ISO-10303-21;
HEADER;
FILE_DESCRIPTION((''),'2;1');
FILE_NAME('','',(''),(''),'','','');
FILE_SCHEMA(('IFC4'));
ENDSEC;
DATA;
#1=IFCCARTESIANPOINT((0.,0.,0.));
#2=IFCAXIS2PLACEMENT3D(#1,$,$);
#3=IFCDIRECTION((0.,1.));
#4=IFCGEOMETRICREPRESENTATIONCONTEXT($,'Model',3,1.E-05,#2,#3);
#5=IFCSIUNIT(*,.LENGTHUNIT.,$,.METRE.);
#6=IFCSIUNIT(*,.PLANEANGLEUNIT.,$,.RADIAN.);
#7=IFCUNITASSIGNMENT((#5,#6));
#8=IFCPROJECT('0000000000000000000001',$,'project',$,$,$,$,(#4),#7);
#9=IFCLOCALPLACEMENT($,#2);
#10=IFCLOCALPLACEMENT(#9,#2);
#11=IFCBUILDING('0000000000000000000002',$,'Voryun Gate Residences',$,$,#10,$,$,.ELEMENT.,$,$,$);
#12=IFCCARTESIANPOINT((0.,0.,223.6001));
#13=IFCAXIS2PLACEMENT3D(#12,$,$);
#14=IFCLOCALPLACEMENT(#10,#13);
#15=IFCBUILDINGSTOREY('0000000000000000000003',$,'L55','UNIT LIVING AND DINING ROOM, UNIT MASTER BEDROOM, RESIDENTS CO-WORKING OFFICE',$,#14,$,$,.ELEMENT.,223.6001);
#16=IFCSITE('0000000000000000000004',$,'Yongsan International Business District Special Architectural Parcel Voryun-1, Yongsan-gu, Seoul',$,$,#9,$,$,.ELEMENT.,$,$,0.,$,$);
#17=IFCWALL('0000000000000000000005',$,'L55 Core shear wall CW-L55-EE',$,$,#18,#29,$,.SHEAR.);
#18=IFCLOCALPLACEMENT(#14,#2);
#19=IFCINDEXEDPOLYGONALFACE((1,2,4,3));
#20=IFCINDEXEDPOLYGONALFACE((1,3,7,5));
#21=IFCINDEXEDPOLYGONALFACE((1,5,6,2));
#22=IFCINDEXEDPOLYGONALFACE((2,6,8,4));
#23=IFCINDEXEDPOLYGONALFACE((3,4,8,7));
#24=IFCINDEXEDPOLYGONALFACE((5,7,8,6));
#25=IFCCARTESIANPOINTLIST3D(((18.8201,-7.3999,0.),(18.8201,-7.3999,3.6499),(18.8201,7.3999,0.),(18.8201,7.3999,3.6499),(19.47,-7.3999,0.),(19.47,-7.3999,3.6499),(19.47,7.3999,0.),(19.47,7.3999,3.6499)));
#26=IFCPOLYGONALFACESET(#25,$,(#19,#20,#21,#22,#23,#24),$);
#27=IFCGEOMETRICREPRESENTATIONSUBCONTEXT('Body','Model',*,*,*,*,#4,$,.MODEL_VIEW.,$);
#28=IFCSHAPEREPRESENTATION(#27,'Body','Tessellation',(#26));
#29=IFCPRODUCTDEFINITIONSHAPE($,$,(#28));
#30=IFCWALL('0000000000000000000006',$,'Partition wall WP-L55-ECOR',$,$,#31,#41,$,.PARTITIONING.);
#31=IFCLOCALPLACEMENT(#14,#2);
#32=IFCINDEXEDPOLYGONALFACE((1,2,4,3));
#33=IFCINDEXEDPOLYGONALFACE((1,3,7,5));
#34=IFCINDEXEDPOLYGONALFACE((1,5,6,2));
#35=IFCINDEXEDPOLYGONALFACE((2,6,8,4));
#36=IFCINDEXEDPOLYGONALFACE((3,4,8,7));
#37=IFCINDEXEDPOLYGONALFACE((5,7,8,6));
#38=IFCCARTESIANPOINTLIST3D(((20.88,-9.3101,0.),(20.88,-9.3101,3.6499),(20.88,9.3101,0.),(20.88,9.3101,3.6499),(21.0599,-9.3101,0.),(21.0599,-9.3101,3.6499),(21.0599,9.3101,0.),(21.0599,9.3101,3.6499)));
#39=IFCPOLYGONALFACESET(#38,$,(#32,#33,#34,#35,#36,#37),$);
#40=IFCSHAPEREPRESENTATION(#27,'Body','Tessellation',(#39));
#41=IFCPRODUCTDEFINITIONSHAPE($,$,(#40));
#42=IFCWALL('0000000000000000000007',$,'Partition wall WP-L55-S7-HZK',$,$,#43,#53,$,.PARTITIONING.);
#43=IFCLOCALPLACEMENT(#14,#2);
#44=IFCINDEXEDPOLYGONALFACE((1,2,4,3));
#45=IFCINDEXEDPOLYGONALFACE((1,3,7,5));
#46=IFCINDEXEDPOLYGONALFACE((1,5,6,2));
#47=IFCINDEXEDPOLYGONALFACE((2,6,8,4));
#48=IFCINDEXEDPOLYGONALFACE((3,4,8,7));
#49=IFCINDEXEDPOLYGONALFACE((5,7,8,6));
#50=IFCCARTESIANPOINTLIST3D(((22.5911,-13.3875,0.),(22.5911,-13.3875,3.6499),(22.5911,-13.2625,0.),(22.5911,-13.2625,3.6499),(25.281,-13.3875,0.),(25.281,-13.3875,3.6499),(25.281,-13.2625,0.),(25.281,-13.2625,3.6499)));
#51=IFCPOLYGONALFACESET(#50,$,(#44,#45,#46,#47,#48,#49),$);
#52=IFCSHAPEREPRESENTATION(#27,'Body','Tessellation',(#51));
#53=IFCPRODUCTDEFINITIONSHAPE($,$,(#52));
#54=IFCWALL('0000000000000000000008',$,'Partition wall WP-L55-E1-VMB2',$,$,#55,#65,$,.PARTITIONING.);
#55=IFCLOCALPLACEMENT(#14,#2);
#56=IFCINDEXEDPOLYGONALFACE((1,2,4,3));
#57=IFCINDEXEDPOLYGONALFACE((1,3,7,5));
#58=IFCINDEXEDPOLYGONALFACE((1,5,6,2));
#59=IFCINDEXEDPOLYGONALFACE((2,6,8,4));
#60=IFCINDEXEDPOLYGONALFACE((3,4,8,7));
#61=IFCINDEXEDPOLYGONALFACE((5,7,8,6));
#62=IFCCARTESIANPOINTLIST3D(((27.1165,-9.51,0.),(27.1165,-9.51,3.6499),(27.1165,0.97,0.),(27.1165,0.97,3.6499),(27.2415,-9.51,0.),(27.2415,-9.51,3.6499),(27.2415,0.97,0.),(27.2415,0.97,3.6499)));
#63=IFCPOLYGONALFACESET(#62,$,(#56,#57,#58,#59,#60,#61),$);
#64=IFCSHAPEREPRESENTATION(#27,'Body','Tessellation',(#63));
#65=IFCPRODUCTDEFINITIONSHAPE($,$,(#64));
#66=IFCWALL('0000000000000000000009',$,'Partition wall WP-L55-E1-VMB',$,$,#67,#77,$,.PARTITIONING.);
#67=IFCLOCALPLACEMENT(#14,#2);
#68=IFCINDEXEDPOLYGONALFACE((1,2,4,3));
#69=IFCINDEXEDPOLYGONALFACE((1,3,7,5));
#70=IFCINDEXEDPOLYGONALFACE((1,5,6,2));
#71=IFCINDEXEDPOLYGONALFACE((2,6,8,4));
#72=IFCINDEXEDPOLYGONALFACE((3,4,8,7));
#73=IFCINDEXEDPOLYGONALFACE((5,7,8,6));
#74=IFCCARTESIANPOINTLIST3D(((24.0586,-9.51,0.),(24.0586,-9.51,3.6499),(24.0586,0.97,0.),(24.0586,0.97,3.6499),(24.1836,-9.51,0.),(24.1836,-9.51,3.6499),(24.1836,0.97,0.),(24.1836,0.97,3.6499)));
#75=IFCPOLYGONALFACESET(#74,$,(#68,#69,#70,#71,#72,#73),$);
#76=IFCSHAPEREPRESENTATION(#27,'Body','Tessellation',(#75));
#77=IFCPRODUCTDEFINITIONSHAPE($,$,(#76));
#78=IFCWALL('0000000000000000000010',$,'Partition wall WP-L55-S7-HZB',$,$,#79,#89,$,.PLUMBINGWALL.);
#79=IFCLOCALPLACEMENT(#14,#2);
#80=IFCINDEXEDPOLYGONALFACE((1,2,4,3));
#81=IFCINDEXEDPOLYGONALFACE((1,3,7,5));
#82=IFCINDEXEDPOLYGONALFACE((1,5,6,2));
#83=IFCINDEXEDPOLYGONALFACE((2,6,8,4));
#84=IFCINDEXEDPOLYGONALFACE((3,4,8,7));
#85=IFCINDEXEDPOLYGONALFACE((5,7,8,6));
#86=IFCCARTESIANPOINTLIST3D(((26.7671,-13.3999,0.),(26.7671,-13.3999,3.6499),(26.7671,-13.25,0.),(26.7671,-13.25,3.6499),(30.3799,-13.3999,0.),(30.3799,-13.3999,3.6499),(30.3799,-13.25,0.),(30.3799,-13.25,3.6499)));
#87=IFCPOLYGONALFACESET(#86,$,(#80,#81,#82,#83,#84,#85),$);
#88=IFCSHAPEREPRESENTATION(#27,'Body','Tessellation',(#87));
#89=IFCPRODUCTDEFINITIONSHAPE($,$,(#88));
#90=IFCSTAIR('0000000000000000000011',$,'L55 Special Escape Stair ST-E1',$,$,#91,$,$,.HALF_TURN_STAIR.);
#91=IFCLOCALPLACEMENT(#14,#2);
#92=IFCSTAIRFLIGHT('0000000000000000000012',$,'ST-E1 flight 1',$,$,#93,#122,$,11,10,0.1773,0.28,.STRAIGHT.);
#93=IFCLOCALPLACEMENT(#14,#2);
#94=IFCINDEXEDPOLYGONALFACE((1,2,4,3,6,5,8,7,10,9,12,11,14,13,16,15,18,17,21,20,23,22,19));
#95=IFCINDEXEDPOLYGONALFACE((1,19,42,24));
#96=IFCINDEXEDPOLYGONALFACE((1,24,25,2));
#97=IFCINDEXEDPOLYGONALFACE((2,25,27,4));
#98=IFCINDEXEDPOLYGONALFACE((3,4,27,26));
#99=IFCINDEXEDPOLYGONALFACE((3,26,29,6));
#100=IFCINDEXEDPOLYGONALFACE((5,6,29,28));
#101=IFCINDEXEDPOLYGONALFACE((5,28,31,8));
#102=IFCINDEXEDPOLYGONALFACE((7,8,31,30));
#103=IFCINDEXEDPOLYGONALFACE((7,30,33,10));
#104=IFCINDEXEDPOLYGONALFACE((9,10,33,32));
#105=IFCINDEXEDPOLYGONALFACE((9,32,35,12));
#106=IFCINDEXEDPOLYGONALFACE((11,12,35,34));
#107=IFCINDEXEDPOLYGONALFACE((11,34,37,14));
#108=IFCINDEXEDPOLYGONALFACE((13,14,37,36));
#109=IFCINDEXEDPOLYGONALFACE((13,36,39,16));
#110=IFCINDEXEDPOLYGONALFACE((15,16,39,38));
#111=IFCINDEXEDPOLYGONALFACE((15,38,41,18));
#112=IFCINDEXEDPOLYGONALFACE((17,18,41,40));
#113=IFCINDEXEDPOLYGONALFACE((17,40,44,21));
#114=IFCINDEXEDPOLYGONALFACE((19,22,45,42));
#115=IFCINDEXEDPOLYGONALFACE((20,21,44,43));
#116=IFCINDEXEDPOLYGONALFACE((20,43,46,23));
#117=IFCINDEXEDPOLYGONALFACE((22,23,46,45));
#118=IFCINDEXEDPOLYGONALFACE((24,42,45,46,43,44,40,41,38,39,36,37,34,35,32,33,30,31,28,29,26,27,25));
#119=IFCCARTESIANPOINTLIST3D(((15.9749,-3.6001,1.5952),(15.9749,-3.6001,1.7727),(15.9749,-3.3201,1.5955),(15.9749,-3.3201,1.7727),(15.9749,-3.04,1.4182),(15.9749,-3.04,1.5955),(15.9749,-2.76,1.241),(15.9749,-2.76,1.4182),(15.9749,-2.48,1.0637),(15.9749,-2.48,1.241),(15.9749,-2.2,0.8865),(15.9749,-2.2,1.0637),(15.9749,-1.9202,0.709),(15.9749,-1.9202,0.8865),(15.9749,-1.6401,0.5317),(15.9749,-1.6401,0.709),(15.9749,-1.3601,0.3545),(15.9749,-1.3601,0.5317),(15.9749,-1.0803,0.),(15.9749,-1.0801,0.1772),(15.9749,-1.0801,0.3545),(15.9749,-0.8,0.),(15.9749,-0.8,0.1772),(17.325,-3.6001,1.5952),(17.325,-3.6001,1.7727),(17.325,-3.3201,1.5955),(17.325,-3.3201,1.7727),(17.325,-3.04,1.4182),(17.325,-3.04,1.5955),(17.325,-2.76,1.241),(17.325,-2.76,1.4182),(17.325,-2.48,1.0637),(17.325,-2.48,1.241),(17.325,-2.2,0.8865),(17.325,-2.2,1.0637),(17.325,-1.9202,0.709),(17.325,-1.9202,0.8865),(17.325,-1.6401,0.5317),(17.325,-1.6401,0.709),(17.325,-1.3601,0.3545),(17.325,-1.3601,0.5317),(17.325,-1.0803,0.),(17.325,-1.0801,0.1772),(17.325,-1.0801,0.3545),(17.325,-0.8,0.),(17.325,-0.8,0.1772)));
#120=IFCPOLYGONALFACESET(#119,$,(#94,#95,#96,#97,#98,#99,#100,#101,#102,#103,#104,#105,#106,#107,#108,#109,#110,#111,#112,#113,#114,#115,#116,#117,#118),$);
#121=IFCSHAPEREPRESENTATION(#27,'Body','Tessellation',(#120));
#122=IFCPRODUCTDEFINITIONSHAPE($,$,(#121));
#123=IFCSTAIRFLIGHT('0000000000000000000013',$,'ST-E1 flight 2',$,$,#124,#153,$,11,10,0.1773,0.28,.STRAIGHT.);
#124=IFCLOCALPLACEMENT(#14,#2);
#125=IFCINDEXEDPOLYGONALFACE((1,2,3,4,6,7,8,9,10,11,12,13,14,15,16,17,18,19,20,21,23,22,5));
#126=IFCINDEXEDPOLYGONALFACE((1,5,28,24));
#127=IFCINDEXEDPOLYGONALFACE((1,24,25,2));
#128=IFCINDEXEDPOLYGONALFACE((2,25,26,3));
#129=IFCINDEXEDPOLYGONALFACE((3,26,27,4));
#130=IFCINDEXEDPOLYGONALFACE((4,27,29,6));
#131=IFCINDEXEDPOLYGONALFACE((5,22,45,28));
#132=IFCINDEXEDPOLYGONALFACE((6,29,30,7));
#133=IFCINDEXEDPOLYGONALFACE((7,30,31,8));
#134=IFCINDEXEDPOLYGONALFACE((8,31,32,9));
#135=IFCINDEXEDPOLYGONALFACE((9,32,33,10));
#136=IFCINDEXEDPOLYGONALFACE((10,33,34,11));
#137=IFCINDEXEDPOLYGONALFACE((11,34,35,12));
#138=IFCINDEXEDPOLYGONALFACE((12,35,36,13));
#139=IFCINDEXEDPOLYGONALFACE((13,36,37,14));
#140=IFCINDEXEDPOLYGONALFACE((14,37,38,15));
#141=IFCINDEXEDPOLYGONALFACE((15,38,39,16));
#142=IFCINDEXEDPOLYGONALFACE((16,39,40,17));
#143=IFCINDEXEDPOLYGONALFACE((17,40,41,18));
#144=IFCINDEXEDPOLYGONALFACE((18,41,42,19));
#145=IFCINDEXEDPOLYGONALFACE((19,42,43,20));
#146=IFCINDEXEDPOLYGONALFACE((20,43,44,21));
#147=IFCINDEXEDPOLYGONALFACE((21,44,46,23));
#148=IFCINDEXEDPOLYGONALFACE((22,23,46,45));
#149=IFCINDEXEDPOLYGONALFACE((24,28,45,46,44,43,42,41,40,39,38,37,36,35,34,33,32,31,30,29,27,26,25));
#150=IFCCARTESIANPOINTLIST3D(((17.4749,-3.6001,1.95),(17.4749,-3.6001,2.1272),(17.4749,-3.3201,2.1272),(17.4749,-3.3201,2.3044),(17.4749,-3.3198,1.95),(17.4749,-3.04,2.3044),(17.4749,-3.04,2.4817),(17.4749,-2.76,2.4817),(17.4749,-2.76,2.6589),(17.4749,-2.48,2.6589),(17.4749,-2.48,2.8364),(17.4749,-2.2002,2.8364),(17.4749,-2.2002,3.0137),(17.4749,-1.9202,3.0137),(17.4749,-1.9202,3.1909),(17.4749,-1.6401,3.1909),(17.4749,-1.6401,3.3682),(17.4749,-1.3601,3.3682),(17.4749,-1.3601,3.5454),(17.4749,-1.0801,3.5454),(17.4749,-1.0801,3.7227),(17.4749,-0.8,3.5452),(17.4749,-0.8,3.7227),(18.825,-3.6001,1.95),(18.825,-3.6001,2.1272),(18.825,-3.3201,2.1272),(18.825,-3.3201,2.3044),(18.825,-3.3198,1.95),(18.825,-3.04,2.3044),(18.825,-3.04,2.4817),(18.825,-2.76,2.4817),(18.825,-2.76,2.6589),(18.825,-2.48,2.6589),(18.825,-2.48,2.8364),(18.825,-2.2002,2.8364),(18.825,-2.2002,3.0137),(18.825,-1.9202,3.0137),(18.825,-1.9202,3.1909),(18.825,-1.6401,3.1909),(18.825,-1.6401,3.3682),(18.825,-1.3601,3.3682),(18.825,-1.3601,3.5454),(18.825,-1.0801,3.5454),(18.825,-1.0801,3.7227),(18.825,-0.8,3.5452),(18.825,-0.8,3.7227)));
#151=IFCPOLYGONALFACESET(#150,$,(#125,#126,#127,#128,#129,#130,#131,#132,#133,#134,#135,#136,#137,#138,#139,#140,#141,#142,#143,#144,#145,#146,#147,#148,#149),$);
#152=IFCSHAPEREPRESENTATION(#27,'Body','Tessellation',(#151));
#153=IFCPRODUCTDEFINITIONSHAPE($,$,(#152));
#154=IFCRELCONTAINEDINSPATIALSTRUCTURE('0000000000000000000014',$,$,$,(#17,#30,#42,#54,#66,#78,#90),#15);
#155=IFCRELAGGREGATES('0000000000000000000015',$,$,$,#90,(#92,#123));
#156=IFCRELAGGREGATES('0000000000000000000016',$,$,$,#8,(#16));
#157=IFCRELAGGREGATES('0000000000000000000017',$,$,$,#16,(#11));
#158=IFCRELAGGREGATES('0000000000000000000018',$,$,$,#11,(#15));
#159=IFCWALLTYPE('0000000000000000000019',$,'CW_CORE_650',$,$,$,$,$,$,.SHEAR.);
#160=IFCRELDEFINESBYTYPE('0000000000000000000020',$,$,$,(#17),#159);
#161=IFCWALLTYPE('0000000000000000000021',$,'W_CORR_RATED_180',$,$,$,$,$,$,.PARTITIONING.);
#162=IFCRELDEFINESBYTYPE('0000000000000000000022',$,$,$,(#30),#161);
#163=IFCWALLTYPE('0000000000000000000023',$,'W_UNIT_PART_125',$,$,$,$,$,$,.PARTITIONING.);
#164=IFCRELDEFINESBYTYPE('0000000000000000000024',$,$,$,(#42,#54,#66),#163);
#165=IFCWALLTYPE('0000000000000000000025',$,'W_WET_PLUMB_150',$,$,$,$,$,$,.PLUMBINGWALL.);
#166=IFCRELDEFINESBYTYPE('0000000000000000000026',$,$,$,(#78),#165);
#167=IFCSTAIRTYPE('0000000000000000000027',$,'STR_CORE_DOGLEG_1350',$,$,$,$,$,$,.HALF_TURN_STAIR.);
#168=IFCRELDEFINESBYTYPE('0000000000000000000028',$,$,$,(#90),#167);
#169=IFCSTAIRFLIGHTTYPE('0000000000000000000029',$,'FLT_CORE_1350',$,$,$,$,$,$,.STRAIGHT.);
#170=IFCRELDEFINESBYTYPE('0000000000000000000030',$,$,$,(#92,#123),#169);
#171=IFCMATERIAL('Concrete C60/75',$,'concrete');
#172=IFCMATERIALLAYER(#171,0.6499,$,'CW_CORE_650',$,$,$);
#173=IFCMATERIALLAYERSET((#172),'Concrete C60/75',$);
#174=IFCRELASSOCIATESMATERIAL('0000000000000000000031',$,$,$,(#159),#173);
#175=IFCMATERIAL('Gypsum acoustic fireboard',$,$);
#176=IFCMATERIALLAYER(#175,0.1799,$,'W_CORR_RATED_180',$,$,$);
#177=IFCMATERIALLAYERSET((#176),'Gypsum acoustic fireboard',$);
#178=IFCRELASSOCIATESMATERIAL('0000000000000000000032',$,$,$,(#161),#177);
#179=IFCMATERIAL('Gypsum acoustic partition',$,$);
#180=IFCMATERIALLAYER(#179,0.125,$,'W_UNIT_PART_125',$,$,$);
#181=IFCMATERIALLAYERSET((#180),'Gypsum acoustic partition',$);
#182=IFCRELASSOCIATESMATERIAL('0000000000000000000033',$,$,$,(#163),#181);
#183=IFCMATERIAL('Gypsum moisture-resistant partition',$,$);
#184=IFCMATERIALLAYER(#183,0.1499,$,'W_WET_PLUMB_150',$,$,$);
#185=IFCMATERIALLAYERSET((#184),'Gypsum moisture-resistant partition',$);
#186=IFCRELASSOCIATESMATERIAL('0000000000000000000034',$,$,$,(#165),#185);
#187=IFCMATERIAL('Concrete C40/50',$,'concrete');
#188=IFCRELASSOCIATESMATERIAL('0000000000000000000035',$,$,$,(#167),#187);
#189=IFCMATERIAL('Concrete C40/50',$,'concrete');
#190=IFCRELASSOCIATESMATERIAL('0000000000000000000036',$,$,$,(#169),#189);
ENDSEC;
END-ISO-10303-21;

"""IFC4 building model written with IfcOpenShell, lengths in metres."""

from ifc_helpers import new_model, si_unit, direction, frame, frame_2d, origin, place, context, subcontext, project, spatial, polyline, rectangle, outline, extrude, material, layer, layer_set, type_object, element, aggregate, save


model = new_model("IFC4")

# Units and contexts
model_context = context("Model", 3, precision=1e-05, world=origin(), true_north=direction((0.0, 1.0)))
body_context = subcontext(model_context, "Body", "Model", "MODEL_VIEW")
ifc_project = project(units=[si_unit("LENGTHUNIT", "METRE"), si_unit("PLANEANGLEUNIT", "RADIAN")], contexts=[model_context])

# Site, building, storey
site_placement = place(None, origin())
site = spatial("IfcSite", under=ifc_project, at=site_placement, Name="Yongsan International Business District Special Architectural Parcel Voryun-1, Yongsan-gu, Seoul", CompositionType="ELEMENT", RefElevation=0.0)
building_placement = place(site_placement, origin())
building = spatial("IfcBuilding", under=site, at=building_placement, Name="Voryun Gate Residences", CompositionType="ELEMENT")
storey_placement = place(building_placement, frame((0.0, 0.0, 223.6001)))
storey = spatial("IfcBuildingStorey", under=building, at=storey_placement, Name="L55", Description="UNIT LIVING AND DINING ROOM, UNIT MASTER BEDROOM, RESIDENTS CO-WORKING OFFICE", CompositionType="ELEMENT", Elevation=223.6001)

# Walls
ifc_material_1 = material(Name="Concrete C60/75", Category="concrete")
ifc_layer_1 = layer(ifc_material_1, 0.6499, Name="CW_CORE_650")
ifc_layer_set_1 = layer_set([ifc_layer_1], Name="Concrete C60/75")
wall_type_1 = type_object("IfcWallType", Name="CW_CORE_650", PredefinedType="SHEAR", material=ifc_layer_set_1)
wall_1_placement = place(storey_placement, frame((19.145, -7.3999, 0.0), z_axis=(0.0, 0.0, 1.0), x_axis=(0.0, 1.0, 0.0)))
element("IfcWall", 1, at=wall_1_placement, inside=storey, type_object=wall_type_1, Name="L55 Core shear wall CW-L55-EE", PredefinedType="SHEAR", context=body_context, shape_type="SweptSolid", body=[
    extrude(rectangle(XDim=14.7998, YDim=0.6499, at=frame_2d((7.3999, 0.0))), origin(), (0.0, 0.0, 1.0), 3.6499),
])
ifc_material_2 = material(Name="Gypsum acoustic fireboard")
ifc_layer_2 = layer(ifc_material_2, 0.1799, Name="W_CORR_RATED_180")
ifc_layer_set_2 = layer_set([ifc_layer_2], Name="Gypsum acoustic fireboard")
wall_type_2 = type_object("IfcWallType", Name="W_CORR_RATED_180", PredefinedType="PARTITIONING", material=ifc_layer_set_2)
wall_2_placement = place(storey_placement, frame((20.97, -9.3101, 0.0), z_axis=(0.0, 0.0, 1.0), x_axis=(0.0, 1.0, 0.0)))
element("IfcWall", 2, at=wall_2_placement, inside=storey, type_object=wall_type_2, Name="Partition wall WP-L55-ECOR", PredefinedType="PARTITIONING", context=body_context, shape_type="SweptSolid", body=[
    extrude(rectangle(XDim=18.6201, YDim=0.1799, at=frame_2d((9.3101, 0.0))), origin(), (0.0, 0.0, 1.0), 3.6499),
])
ifc_material_3 = material(Name="Gypsum acoustic partition")
ifc_layer_3 = layer(ifc_material_3, 0.125, Name="W_UNIT_PART_125")
ifc_layer_set_3 = layer_set([ifc_layer_3], Name="Gypsum acoustic partition")
wall_type_3 = type_object("IfcWallType", Name="W_UNIT_PART_125", PredefinedType="PARTITIONING", material=ifc_layer_set_3)
wall_3_placement = place(storey_placement, frame((22.5911, -13.325, 0.0), z_axis=(0.0, 0.0, 1.0), x_axis=(1.0, 0.0, 0.0)))
element("IfcWall", 3, at=wall_3_placement, inside=storey, type_object=wall_type_3, Name="Partition wall WP-L55-S7-HZK", PredefinedType="PARTITIONING", context=body_context, shape_type="SweptSolid", body=[
    extrude(rectangle(XDim=2.6899, YDim=0.125, at=frame_2d((1.345, 0.0))), origin(), (0.0, 0.0, 1.0), 3.6499),
])
for number, where, z_axis, x_axis, name in (
    (4, (27.179, -9.51, 0.0), (0.0, 0.0, 1.0), (0.0, 1.0, 0.0), "Partition wall WP-L55-E1-VMB2"),
    (5, (24.1211, -9.51, 0.0), (0.0, 0.0, 1.0), (0.0, 1.0, 0.0), "Partition wall WP-L55-E1-VMB"),
):
    element("IfcWall", number, at=place(storey_placement, frame(where, z_axis=z_axis, x_axis=x_axis)), inside=storey, type_object=wall_type_3, Name=name, PredefinedType="PARTITIONING", context=body_context, shape_type="SweptSolid", body=[
        extrude(rectangle(XDim=10.48, YDim=0.125, at=frame_2d((5.24, 0.0))), origin(), (0.0, 0.0, 1.0), 3.6499),
    ])
ifc_material_4 = material(Name="Gypsum moisture-resistant partition")
ifc_layer_4 = layer(ifc_material_4, 0.1499, Name="W_WET_PLUMB_150")
ifc_layer_set_4 = layer_set([ifc_layer_4], Name="Gypsum moisture-resistant partition")
wall_type_4 = type_object("IfcWallType", Name="W_WET_PLUMB_150", PredefinedType="PLUMBINGWALL", material=ifc_layer_set_4)
wall_4_placement = place(storey_placement, frame((26.7671, -13.325, 0.0), z_axis=(0.0, 0.0, 1.0), x_axis=(1.0, 0.0, 0.0)))
element("IfcWall", 6, at=wall_4_placement, inside=storey, type_object=wall_type_4, Name="Partition wall WP-L55-S7-HZB", PredefinedType="PLUMBINGWALL", context=body_context, shape_type="SweptSolid", body=[
    extrude(rectangle(XDim=3.6128, YDim=0.1499, at=frame_2d((1.8064, 0.0))), origin(), (0.0, 0.0, 1.0), 3.6499),
])

# Stair, stair flights
ifc_material_5 = material(Name="Concrete C40/50", Category="concrete")
stair_type = type_object("IfcStairType", Name="STR_CORE_DOGLEG_1350", PredefinedType="HALF_TURN_STAIR", material=ifc_material_5)
stair_placement = place(storey_placement, origin())
stair = element("IfcStair", 7, at=stair_placement, inside=storey, type_object=stair_type, Name="L55 Special Escape Stair ST-E1", PredefinedType="HALF_TURN_STAIR")
ifc_material_6 = material(Name="Concrete C40/50", Category="concrete")
stair_flight_type = type_object("IfcStairFlightType", Name="FLT_CORE_1350", PredefinedType="STRAIGHT", material=ifc_material_6)
stair_flight_1_placement = place(storey_placement, frame((16.6499, -0.8, 0.0), z_axis=(0.0, 0.0, 1.0), x_axis=(0.0, -1.0, 0.0)))
stair_flight_1 = element("IfcStairFlight", 8, at=stair_flight_1_placement, type_object=stair_flight_type, Name="ST-E1 flight 1", NumberOfRisers=11, NumberOfTreads=10, PredefinedType="STRAIGHT", RiserHeight=0.1773, TreadLength=0.28, context=body_context, shape_type="SweptSolid", body=[
    extrude(outline(polyline([(0.0, 0.0), (0.0, 0.1772), (0.28, 0.1772), (0.28, 0.3545), (0.5601, 0.3545), (0.5601, 0.5317), (0.8401, 0.5317), (0.8401, 0.709), (1.1201, 0.709), (1.1201, 0.8865), (1.3999, 0.8865), (1.3999, 1.0637), (1.6799, 1.0637), (1.6799, 1.241), (1.96, 1.241), (1.96, 1.4182), (2.24, 1.4182), (2.24, 1.5955), (2.52, 1.5955), (2.52, 1.7727), (2.8, 1.7727), (2.8, 1.95), (2.8, 1.5952), (0.2803, 0.0), (0.0, 0.0)])), frame((0.0, 0.675, 0.0), z_axis=(0.0, -1.0, 0.0), x_axis=(1.0, 0.0, 0.0)), (0.0, 0.0, 1.0), 1.3501),
])
stair_flight_2_placement = place(storey_placement, frame((18.1499, -3.6001, 1.95), z_axis=(0.0, 0.0, 1.0), x_axis=(0.0, 1.0, 0.0)))
stair_flight_2 = element("IfcStairFlight", 9, at=stair_flight_2_placement, type_object=stair_flight_type, Name="ST-E1 flight 2", NumberOfRisers=11, NumberOfTreads=10, PredefinedType="STRAIGHT", RiserHeight=0.1773, TreadLength=0.28, context=body_context, shape_type="SweptSolid", body=[
    extrude(outline(polyline([(0.0, 0.0), (0.0, 0.1772), (0.28, 0.1772), (0.28, 0.3545), (0.5601, 0.3545), (0.5601, 0.5317), (0.8401, 0.5317), (0.8401, 0.709), (1.1201, 0.709), (1.1201, 0.8865), (1.3999, 0.8865), (1.3999, 1.0637), (1.6799, 1.0637), (1.6799, 1.241), (1.96, 1.241), (1.96, 1.4182), (2.24, 1.4182), (2.24, 1.5955), (2.52, 1.5955), (2.52, 1.7727), (2.8, 1.7727), (2.8, 1.95), (2.8, 1.5952), (0.2803, 0.0), (0.0, 0.0)])), frame((0.0, 0.675, 0.0), z_axis=(0.0, -1.0, 0.0), x_axis=(1.0, 0.0, 0.0)), (0.0, 0.0, 1.0), 1.3501),
])
aggregate(stair, [stair_flight_1, stair_flight_2])

save(model, "model.ifc")
